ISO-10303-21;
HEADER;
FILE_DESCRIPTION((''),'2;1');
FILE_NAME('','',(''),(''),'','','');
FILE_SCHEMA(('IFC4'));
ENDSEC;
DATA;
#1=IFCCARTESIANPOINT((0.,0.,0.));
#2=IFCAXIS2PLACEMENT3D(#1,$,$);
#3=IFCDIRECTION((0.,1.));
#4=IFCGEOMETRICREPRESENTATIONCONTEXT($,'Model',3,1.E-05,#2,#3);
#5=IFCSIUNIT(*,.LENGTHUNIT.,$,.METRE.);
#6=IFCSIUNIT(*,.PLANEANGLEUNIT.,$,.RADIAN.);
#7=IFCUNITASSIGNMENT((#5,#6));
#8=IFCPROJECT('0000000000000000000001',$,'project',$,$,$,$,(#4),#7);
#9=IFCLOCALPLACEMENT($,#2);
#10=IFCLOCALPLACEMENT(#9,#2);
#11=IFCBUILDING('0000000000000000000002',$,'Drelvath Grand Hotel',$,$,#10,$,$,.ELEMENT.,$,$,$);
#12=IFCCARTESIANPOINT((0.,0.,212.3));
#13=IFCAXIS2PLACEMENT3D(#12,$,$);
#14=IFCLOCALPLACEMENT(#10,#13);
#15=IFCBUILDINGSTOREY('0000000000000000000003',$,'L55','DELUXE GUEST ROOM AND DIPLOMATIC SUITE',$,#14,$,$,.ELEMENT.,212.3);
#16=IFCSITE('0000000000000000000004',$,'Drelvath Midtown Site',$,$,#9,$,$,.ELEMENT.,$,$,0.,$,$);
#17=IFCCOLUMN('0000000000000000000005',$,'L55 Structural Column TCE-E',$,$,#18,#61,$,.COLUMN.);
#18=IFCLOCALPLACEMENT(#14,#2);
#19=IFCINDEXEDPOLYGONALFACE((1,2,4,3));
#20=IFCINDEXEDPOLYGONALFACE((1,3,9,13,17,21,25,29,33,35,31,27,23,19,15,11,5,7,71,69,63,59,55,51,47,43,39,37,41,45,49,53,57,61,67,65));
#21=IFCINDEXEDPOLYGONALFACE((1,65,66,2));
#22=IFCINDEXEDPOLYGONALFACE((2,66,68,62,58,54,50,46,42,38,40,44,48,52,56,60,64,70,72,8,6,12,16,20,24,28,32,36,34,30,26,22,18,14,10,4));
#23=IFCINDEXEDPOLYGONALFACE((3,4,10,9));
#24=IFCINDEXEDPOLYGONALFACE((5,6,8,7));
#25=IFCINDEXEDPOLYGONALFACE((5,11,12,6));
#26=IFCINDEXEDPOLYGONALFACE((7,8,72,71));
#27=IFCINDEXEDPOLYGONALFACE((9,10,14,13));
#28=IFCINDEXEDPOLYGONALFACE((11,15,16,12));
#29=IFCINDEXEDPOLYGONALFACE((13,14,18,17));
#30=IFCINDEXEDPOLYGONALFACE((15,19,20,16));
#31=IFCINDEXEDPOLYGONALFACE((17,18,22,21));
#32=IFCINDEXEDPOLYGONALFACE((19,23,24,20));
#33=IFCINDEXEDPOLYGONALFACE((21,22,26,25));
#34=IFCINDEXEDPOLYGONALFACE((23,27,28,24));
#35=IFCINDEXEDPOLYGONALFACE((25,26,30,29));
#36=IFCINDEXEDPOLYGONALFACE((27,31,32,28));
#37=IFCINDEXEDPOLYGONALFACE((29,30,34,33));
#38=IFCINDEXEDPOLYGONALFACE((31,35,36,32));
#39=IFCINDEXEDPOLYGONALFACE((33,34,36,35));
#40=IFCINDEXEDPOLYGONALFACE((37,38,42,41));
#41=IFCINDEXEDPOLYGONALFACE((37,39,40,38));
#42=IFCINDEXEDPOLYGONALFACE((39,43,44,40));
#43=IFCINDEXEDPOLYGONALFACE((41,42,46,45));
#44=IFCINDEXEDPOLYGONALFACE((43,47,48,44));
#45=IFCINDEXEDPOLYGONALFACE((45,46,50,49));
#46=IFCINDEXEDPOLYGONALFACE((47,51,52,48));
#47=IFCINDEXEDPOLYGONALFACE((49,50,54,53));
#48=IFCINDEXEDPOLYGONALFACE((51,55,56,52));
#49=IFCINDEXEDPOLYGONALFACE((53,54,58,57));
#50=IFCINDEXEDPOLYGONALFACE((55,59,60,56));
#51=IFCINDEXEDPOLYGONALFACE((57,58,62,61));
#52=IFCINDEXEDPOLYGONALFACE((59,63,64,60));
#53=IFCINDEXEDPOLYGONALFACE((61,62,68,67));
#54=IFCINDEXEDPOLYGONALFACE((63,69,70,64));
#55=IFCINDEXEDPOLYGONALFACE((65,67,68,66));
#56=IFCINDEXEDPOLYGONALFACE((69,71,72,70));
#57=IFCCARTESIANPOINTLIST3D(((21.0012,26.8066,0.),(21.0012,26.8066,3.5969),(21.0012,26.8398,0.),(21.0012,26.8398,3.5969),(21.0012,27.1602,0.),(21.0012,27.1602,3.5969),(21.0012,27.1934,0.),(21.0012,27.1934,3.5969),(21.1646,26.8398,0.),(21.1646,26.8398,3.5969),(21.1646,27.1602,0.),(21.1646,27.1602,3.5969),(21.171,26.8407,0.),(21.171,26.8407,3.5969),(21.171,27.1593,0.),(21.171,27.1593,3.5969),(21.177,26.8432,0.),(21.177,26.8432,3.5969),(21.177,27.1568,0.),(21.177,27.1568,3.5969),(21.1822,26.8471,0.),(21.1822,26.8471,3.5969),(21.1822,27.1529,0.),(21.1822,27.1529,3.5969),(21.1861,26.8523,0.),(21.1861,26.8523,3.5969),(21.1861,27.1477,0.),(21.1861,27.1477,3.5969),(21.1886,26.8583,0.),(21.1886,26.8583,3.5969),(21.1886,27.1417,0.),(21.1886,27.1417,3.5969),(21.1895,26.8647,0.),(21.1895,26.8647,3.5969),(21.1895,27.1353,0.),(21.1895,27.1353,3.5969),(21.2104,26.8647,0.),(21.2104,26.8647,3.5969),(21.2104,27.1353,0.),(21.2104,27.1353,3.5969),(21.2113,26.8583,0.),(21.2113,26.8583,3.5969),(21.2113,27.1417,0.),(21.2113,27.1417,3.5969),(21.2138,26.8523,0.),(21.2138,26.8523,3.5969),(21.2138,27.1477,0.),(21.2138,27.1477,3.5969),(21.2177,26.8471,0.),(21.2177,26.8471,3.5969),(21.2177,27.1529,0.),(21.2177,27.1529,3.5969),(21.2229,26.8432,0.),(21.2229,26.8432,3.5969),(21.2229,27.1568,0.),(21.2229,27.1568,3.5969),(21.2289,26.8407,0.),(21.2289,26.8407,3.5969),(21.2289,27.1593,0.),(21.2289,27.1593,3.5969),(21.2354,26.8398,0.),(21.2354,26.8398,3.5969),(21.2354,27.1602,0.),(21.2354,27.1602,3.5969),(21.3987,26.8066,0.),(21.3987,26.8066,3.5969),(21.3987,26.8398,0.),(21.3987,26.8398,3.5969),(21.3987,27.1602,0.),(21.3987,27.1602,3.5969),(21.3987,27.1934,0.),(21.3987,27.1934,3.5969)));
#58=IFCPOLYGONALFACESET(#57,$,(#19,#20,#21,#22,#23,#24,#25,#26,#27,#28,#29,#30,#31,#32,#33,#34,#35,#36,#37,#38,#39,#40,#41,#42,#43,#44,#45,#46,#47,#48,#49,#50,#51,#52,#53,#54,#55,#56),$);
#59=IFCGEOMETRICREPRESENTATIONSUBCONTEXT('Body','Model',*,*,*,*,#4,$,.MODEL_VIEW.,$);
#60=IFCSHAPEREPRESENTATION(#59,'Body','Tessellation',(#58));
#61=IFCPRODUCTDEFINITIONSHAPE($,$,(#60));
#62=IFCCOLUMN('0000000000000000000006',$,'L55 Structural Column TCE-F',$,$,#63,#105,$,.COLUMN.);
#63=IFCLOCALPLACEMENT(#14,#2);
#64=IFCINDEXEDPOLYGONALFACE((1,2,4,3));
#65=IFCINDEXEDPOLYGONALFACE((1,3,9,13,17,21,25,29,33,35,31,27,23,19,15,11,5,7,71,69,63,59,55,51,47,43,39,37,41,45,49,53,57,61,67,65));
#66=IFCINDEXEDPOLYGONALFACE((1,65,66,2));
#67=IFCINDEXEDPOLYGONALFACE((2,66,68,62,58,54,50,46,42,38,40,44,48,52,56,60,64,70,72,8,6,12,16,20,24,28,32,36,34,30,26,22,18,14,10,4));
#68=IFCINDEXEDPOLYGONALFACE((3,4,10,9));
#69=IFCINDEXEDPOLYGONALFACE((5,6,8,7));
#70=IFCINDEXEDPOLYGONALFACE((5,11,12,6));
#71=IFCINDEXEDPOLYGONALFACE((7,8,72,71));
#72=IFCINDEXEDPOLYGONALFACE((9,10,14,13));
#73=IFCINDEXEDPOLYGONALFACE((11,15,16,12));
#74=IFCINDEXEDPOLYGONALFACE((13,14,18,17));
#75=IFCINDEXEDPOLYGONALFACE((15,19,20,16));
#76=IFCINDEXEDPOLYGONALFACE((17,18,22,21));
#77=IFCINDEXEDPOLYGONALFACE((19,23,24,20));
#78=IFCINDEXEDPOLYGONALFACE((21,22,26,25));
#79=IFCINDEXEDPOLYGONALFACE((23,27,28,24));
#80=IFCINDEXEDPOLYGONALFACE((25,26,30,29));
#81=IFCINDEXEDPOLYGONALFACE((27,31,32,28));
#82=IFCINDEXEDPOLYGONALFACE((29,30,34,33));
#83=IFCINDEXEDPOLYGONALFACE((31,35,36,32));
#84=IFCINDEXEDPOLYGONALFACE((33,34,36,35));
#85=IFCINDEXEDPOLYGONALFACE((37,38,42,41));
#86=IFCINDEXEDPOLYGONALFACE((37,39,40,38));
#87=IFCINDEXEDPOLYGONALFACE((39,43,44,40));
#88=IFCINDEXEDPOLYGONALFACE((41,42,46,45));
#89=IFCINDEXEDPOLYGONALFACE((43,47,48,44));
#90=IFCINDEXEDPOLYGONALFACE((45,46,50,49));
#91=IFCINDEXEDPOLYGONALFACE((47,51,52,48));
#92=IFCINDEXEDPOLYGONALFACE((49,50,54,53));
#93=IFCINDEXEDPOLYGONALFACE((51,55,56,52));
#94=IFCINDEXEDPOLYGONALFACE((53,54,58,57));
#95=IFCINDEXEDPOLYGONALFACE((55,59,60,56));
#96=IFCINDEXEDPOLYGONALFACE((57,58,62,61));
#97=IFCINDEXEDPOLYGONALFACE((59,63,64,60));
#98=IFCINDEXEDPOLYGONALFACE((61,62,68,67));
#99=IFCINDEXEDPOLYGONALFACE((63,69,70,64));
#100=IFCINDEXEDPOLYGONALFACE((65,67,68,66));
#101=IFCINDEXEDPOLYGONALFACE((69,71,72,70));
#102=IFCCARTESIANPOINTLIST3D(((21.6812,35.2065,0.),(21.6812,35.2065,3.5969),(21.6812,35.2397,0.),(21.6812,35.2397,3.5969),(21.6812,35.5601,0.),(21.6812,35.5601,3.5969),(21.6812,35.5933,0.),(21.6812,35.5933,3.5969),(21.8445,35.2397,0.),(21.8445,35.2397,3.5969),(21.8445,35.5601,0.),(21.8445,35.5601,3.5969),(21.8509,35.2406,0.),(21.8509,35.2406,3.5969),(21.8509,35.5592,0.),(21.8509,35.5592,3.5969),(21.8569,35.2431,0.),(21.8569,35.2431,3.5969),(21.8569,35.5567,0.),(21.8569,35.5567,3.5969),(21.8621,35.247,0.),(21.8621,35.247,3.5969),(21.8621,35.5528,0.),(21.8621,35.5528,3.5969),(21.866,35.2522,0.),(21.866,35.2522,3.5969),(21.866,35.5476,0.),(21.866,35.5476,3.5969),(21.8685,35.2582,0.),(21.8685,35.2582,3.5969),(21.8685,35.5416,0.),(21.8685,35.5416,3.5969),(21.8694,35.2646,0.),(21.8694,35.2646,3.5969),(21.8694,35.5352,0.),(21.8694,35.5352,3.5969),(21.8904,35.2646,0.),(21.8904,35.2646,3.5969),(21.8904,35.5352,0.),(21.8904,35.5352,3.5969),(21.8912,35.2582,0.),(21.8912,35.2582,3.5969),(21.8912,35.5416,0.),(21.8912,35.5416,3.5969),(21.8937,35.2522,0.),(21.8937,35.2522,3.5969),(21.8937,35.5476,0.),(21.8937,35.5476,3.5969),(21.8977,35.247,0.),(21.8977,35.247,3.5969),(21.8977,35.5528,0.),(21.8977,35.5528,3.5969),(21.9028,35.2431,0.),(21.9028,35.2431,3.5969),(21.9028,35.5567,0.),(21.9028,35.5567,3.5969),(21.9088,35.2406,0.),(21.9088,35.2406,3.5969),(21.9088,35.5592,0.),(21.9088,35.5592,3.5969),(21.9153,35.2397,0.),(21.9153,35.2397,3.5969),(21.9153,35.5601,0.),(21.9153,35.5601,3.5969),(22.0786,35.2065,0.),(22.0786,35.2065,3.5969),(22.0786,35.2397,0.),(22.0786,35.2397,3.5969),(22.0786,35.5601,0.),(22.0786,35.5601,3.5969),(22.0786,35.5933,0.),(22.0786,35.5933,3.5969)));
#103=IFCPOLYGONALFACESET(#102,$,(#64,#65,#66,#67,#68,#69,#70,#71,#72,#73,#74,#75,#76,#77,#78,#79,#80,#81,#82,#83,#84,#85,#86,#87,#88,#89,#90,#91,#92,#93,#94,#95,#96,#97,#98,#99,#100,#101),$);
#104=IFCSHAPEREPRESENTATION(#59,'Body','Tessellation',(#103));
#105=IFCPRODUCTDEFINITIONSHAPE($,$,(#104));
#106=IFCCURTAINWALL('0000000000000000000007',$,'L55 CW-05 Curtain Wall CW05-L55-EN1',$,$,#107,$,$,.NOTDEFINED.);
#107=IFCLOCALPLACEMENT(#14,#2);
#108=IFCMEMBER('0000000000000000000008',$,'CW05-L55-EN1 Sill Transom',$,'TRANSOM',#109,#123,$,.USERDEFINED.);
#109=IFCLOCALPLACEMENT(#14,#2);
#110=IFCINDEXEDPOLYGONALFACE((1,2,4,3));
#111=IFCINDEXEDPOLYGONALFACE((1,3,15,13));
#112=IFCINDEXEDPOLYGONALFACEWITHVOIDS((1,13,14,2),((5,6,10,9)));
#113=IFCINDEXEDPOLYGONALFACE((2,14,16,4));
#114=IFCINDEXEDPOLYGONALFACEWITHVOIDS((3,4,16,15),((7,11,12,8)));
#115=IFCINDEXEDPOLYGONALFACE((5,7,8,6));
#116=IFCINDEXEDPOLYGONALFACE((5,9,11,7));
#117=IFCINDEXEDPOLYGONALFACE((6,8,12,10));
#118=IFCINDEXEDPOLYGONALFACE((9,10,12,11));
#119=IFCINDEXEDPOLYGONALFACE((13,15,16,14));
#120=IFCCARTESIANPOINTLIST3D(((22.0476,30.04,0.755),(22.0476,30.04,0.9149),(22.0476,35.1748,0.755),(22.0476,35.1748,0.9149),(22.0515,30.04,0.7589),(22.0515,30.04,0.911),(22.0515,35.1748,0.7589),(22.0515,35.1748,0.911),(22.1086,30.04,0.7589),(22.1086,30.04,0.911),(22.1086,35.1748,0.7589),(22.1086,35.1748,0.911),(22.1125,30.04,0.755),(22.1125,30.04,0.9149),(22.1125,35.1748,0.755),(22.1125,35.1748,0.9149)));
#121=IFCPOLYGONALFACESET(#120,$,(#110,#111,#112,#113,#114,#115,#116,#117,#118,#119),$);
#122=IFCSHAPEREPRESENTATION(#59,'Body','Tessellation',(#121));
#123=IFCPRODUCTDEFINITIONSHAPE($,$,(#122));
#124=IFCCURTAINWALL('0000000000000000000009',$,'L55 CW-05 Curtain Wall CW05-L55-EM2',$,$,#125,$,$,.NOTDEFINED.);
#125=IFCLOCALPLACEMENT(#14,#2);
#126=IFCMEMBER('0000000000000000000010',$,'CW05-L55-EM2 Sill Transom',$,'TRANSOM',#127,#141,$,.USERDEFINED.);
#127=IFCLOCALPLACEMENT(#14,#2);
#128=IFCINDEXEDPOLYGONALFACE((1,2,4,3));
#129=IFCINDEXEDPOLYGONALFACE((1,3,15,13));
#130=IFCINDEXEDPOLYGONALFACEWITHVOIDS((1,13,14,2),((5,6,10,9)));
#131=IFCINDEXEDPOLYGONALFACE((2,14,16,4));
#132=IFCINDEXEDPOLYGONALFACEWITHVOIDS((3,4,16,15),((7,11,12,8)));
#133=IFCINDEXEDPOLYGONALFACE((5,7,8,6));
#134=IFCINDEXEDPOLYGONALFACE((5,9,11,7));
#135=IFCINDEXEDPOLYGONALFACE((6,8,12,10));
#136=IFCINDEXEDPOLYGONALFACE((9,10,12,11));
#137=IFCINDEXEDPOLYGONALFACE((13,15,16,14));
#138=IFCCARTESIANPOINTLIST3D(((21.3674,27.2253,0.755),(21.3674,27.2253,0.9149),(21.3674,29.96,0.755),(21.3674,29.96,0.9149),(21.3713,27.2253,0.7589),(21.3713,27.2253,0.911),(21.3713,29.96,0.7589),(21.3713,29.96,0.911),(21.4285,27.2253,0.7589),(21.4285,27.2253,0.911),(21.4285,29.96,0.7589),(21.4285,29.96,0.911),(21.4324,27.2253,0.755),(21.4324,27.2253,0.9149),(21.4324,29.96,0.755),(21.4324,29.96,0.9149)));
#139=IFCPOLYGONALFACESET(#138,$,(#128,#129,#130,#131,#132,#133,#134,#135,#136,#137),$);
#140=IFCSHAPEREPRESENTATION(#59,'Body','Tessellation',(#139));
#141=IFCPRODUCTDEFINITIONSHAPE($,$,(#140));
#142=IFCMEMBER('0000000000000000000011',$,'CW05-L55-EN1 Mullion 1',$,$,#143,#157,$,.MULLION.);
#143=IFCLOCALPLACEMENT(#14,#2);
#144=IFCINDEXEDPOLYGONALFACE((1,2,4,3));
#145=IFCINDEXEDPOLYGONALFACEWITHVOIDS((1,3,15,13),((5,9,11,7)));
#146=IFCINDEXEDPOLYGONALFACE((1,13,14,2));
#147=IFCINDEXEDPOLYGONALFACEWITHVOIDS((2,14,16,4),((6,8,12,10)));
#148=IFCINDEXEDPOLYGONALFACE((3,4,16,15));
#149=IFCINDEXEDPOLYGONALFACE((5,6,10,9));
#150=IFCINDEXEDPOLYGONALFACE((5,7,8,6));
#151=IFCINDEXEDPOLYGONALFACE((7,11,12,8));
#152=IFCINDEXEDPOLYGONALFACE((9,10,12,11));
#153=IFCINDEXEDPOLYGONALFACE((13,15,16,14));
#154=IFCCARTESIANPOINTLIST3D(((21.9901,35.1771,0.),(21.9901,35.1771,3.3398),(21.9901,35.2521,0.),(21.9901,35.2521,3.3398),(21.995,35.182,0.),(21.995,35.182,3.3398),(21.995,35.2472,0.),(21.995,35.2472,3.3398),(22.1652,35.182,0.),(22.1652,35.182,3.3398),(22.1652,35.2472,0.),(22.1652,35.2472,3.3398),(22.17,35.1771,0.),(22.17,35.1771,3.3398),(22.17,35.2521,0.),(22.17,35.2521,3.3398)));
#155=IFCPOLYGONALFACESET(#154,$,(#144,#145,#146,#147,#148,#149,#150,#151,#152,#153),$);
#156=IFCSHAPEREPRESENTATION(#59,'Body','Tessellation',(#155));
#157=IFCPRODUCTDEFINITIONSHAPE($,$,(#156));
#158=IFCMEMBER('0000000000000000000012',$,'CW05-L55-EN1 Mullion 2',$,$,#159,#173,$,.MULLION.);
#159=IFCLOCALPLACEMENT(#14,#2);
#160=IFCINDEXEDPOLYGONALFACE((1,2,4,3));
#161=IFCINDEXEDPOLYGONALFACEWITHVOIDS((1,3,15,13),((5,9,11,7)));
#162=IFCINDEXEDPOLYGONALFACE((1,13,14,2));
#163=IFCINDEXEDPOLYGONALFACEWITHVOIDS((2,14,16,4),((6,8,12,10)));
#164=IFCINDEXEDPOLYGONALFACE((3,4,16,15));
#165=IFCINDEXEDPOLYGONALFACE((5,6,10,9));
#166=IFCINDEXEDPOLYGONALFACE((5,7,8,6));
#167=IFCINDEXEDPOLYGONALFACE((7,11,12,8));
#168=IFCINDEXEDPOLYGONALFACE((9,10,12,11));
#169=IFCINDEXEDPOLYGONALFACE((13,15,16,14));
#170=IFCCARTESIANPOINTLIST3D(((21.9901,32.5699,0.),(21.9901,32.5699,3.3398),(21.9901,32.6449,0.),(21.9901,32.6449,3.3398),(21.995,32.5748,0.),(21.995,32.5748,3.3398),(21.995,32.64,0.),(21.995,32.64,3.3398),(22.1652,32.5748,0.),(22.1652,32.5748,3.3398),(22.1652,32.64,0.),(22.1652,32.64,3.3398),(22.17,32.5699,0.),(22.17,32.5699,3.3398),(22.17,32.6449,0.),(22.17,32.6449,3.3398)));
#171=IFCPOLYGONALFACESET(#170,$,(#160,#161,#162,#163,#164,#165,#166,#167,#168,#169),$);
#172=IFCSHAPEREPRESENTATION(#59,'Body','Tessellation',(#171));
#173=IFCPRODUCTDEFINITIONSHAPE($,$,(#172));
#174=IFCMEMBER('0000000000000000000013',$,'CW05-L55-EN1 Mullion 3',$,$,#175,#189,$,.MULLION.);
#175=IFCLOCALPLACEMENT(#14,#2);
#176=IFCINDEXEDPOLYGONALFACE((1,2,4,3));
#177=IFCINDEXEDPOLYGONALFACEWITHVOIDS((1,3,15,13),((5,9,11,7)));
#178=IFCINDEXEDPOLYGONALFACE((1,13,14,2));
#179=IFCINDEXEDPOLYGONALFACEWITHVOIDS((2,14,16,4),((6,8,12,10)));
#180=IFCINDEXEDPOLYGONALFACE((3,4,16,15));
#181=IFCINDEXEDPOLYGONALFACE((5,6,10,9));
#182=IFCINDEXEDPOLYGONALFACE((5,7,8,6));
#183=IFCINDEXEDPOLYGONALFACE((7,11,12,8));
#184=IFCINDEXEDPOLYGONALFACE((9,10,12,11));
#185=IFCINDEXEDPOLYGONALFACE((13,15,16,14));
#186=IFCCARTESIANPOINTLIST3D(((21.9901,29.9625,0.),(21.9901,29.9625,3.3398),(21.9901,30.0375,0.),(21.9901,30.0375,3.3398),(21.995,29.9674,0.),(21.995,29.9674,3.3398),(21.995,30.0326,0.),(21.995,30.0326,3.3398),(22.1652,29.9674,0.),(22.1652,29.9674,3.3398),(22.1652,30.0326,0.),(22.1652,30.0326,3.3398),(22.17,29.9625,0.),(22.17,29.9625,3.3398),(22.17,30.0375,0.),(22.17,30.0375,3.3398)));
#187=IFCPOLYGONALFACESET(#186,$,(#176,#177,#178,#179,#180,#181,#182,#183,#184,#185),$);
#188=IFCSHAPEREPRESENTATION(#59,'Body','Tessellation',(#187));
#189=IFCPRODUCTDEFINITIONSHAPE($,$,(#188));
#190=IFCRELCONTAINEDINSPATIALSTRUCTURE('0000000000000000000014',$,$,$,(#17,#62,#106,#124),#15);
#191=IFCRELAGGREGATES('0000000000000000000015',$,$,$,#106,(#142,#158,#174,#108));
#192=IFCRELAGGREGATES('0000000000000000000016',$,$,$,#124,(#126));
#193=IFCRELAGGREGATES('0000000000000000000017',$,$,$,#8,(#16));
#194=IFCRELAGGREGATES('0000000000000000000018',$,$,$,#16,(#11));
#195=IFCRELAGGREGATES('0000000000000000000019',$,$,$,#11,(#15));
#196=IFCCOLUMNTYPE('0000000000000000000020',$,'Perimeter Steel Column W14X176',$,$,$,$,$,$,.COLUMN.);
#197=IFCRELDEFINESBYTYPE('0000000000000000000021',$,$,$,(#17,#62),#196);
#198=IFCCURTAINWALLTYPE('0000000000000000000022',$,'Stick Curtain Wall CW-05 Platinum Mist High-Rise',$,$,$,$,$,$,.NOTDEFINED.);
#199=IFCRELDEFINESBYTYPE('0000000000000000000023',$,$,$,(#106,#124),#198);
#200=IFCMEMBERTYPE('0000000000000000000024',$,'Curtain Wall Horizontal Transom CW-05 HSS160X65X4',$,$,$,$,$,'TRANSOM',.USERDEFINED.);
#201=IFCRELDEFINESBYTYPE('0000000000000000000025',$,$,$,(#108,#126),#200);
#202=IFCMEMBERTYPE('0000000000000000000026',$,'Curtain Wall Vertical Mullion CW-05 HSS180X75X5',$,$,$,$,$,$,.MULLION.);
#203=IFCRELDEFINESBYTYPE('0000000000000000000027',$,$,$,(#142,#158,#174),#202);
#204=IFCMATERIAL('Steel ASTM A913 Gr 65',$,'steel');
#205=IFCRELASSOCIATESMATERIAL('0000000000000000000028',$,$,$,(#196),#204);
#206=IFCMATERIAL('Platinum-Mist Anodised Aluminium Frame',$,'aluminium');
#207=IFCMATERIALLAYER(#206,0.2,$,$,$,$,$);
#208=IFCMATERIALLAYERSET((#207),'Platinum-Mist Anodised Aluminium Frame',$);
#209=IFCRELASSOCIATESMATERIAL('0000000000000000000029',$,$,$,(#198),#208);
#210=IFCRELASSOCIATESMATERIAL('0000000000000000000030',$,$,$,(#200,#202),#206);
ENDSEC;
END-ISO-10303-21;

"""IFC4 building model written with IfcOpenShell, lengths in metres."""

from ifc_helpers import new_model, si_unit, direction, frame, origin, origin_2d, place, context, subcontext, project, spatial, hollow_rectangle, i_section, extrude, material, layer, layer_set, material_profile, profile_set, type_object, element, aggregate, save


model = new_model("IFC4")

# Units and contexts
model_context = context("Model", 3, precision=1e-05, world=origin(), true_north=direction((0.0, 1.0)))
body_context = subcontext(model_context, "Body", "Model", "MODEL_VIEW")
ifc_project = project(units=[si_unit("LENGTHUNIT", "METRE"), si_unit("PLANEANGLEUNIT", "RADIAN")], contexts=[model_context])

# Site, building, storey
site_placement = place(None, origin())
site = spatial("IfcSite", under=ifc_project, at=site_placement, Name="Drelvath Midtown Site", CompositionType="ELEMENT", RefElevation=0.0)
building_placement = place(site_placement, origin())
building = spatial("IfcBuilding", under=site, at=building_placement, Name="Drelvath Grand Hotel", CompositionType="ELEMENT")
storey_placement = place(building_placement, frame((0.0, 0.0, 212.3)))
storey = spatial("IfcBuildingStorey", under=building, at=storey_placement, Name="L55", Description="DELUXE GUEST ROOM AND DIPLOMATIC SUITE", CompositionType="ELEMENT", Elevation=212.3)

# Columns
ifc_material_1 = material(Name="Steel ASTM A913 Gr 65", Category="steel")
ifc_material_profile_1 = material_profile(ifc_material_1, i_section(OverallWidth=0.3975, OverallDepth=0.3867, WebThickness=0.021, FlangeThickness=0.0332, FilletRadius=0.0249, at=origin_2d()), Name="W14X176")
ifc_profile_set_1 = profile_set([ifc_material_profile_1], Name="Steel ASTM A913 Gr 65")
column_type = type_object("IfcColumnType", Name="Perimeter Steel Column W14X176", PredefinedType="COLUMN", material=ifc_profile_set_1)
for number, where, z_axis, x_axis, name in (
    (1, (21.2, 27.0, 0.0), (0.0, 0.0, 1.0), (1.0, 0.0, 0.0), "L55 Structural Column TCE-E"),
    (2, (21.8799, 35.3999, 0.0), (0.0, 0.0, 1.0), (1.0, 0.0, 0.0), "L55 Structural Column TCE-F"),
):
    element("IfcColumn", number, at=place(storey_placement, frame(where, z_axis=z_axis, x_axis=x_axis)), inside=storey, type_object=column_type, Name=name, PredefinedType="COLUMN", context=body_context, shape_type="SweptSolid", body=[
        extrude(i_section(OverallWidth=0.3975, OverallDepth=0.3867, WebThickness=0.021, FlangeThickness=0.0332, FilletRadius=0.0249, at=origin_2d()), origin(), (0.0, 0.0, 1.0), 3.5969),
    ])

# Curtain walls, members
ifc_material_2 = material(Name="Platinum-Mist Anodised Aluminium Frame", Category="aluminium")
ifc_layer_1 = layer(ifc_material_2, 0.2)
ifc_layer_set_1 = layer_set([ifc_layer_1], Name="Platinum-Mist Anodised Aluminium Frame")
curtain_wall_type = type_object("IfcCurtainWallType", Name="Stick Curtain Wall CW-05 Platinum Mist High-Rise", PredefinedType="NOTDEFINED", material=ifc_layer_set_1)
curtain_wall_1_placement = place(storey_placement, origin())
curtain_wall_1 = element("IfcCurtainWall", 3, at=curtain_wall_1_placement, inside=storey, type_object=curtain_wall_type, Name="L55 CW-05 Curtain Wall CW05-L55-EN1", PredefinedType="NOTDEFINED")
ifc_material_profile_2 = material_profile(ifc_material_2, hollow_rectangle(XDim=0.0649, YDim=0.1599, WallThickness=0.0039, at=origin_2d()), Name="HSS160X65X4")
ifc_profile_set_2 = profile_set([ifc_material_profile_2], Name="Platinum-Mist Anodised Aluminium Frame")
member_type_1 = type_object("IfcMemberType", Name="Curtain Wall Horizontal Transom CW-05 HSS160X65X4", ElementType="TRANSOM", PredefinedType="USERDEFINED", material=ifc_profile_set_2)
member_1_placement = place(storey_placement, frame((22.0801, 35.1748, 0.835), z_axis=(0.0, -1.0, 0.0), x_axis=(1.0, 0.0, 0.0)))
member_1 = element("IfcMember", 4, at=member_1_placement, type_object=member_type_1, Name="CW05-L55-EN1 Sill Transom", ObjectType="TRANSOM", PredefinedType="USERDEFINED", context=body_context, shape_type="SweptSolid", body=[
    extrude(hollow_rectangle(XDim=0.0649, YDim=0.1599, WallThickness=0.0039, at=origin_2d()), origin(), (0.0, 0.0, 1.0), 5.1348),
])
curtain_wall_2_placement = place(storey_placement, origin())
curtain_wall_2 = element("IfcCurtainWall", 5, at=curtain_wall_2_placement, inside=storey, type_object=curtain_wall_type, Name="L55 CW-05 Curtain Wall CW05-L55-EM2", PredefinedType="NOTDEFINED")
member_2_placement = place(storey_placement, frame((21.3999, 29.96, 0.835), z_axis=(0.0, -1.0, 0.0), x_axis=(1.0, 0.0, 0.0)))
member_2 = element("IfcMember", 6, at=member_2_placement, type_object=member_type_1, Name="CW05-L55-EM2 Sill Transom", ObjectType="TRANSOM", PredefinedType="USERDEFINED", context=body_context, shape_type="SweptSolid", body=[
    extrude(hollow_rectangle(XDim=0.0649, YDim=0.1599, WallThickness=0.0039, at=origin_2d()), origin(), (0.0, 0.0, 1.0), 2.7346),
])

# Members
ifc_material_profile_3 = material_profile(ifc_material_2, hollow_rectangle(XDim=0.075, YDim=0.1799, WallThickness=0.0049, at=origin_2d()), Name="HSS180X75X5")
ifc_profile_set_3 = profile_set([ifc_material_profile_3], Name="Platinum-Mist Anodised Aluminium Frame")
member_type_2 = type_object("IfcMemberType", Name="Curtain Wall Vertical Mullion CW-05 HSS180X75X5", PredefinedType="MULLION", material=ifc_profile_set_3)
member_3_placement = place(storey_placement, frame((22.0801, 35.2146, 0.0), z_axis=(0.0, 0.0, 1.0), x_axis=(0.0, 1.0, 0.0)))
member_3 = element("IfcMember", 7, at=member_3_placement, type_object=member_type_2, Name="CW05-L55-EN1 Mullion 1", PredefinedType="MULLION", context=body_context, shape_type="SweptSolid", body=[
    extrude(hollow_rectangle(XDim=0.075, YDim=0.1799, WallThickness=0.0049, at=origin_2d()), origin(), (0.0, 0.0, 1.0), 3.3398),
])
member_4_placement = place(storey_placement, frame((22.0801, 32.6074, 0.0), z_axis=(0.0, 0.0, 1.0), x_axis=(0.0, 1.0, 0.0)))
member_4 = element("IfcMember", 8, at=member_4_placement, type_object=member_type_2, Name="CW05-L55-EN1 Mullion 2", PredefinedType="MULLION", context=body_context, shape_type="SweptSolid", body=[
    extrude(hollow_rectangle(XDim=0.075, YDim=0.1799, WallThickness=0.0049, at=origin_2d()), origin(), (0.0, 0.0, 1.0), 3.3398),
])
member_5_placement = place(storey_placement, frame((22.0801, 30.0, 0.0), z_axis=(0.0, 0.0, 1.0), x_axis=(0.0, 1.0, 0.0)))
member_5 = element("IfcMember", 9, at=member_5_placement, type_object=member_type_2, Name="CW05-L55-EN1 Mullion 3", PredefinedType="MULLION", context=body_context, shape_type="SweptSolid", body=[
    extrude(hollow_rectangle(XDim=0.075, YDim=0.1799, WallThickness=0.0049, at=origin_2d()), origin(), (0.0, 0.0, 1.0), 3.3398),
])

aggregate(curtain_wall_1, [member_3, member_4, member_5, member_1])
aggregate(curtain_wall_2, [member_2])

save(model, "model.ifc")
